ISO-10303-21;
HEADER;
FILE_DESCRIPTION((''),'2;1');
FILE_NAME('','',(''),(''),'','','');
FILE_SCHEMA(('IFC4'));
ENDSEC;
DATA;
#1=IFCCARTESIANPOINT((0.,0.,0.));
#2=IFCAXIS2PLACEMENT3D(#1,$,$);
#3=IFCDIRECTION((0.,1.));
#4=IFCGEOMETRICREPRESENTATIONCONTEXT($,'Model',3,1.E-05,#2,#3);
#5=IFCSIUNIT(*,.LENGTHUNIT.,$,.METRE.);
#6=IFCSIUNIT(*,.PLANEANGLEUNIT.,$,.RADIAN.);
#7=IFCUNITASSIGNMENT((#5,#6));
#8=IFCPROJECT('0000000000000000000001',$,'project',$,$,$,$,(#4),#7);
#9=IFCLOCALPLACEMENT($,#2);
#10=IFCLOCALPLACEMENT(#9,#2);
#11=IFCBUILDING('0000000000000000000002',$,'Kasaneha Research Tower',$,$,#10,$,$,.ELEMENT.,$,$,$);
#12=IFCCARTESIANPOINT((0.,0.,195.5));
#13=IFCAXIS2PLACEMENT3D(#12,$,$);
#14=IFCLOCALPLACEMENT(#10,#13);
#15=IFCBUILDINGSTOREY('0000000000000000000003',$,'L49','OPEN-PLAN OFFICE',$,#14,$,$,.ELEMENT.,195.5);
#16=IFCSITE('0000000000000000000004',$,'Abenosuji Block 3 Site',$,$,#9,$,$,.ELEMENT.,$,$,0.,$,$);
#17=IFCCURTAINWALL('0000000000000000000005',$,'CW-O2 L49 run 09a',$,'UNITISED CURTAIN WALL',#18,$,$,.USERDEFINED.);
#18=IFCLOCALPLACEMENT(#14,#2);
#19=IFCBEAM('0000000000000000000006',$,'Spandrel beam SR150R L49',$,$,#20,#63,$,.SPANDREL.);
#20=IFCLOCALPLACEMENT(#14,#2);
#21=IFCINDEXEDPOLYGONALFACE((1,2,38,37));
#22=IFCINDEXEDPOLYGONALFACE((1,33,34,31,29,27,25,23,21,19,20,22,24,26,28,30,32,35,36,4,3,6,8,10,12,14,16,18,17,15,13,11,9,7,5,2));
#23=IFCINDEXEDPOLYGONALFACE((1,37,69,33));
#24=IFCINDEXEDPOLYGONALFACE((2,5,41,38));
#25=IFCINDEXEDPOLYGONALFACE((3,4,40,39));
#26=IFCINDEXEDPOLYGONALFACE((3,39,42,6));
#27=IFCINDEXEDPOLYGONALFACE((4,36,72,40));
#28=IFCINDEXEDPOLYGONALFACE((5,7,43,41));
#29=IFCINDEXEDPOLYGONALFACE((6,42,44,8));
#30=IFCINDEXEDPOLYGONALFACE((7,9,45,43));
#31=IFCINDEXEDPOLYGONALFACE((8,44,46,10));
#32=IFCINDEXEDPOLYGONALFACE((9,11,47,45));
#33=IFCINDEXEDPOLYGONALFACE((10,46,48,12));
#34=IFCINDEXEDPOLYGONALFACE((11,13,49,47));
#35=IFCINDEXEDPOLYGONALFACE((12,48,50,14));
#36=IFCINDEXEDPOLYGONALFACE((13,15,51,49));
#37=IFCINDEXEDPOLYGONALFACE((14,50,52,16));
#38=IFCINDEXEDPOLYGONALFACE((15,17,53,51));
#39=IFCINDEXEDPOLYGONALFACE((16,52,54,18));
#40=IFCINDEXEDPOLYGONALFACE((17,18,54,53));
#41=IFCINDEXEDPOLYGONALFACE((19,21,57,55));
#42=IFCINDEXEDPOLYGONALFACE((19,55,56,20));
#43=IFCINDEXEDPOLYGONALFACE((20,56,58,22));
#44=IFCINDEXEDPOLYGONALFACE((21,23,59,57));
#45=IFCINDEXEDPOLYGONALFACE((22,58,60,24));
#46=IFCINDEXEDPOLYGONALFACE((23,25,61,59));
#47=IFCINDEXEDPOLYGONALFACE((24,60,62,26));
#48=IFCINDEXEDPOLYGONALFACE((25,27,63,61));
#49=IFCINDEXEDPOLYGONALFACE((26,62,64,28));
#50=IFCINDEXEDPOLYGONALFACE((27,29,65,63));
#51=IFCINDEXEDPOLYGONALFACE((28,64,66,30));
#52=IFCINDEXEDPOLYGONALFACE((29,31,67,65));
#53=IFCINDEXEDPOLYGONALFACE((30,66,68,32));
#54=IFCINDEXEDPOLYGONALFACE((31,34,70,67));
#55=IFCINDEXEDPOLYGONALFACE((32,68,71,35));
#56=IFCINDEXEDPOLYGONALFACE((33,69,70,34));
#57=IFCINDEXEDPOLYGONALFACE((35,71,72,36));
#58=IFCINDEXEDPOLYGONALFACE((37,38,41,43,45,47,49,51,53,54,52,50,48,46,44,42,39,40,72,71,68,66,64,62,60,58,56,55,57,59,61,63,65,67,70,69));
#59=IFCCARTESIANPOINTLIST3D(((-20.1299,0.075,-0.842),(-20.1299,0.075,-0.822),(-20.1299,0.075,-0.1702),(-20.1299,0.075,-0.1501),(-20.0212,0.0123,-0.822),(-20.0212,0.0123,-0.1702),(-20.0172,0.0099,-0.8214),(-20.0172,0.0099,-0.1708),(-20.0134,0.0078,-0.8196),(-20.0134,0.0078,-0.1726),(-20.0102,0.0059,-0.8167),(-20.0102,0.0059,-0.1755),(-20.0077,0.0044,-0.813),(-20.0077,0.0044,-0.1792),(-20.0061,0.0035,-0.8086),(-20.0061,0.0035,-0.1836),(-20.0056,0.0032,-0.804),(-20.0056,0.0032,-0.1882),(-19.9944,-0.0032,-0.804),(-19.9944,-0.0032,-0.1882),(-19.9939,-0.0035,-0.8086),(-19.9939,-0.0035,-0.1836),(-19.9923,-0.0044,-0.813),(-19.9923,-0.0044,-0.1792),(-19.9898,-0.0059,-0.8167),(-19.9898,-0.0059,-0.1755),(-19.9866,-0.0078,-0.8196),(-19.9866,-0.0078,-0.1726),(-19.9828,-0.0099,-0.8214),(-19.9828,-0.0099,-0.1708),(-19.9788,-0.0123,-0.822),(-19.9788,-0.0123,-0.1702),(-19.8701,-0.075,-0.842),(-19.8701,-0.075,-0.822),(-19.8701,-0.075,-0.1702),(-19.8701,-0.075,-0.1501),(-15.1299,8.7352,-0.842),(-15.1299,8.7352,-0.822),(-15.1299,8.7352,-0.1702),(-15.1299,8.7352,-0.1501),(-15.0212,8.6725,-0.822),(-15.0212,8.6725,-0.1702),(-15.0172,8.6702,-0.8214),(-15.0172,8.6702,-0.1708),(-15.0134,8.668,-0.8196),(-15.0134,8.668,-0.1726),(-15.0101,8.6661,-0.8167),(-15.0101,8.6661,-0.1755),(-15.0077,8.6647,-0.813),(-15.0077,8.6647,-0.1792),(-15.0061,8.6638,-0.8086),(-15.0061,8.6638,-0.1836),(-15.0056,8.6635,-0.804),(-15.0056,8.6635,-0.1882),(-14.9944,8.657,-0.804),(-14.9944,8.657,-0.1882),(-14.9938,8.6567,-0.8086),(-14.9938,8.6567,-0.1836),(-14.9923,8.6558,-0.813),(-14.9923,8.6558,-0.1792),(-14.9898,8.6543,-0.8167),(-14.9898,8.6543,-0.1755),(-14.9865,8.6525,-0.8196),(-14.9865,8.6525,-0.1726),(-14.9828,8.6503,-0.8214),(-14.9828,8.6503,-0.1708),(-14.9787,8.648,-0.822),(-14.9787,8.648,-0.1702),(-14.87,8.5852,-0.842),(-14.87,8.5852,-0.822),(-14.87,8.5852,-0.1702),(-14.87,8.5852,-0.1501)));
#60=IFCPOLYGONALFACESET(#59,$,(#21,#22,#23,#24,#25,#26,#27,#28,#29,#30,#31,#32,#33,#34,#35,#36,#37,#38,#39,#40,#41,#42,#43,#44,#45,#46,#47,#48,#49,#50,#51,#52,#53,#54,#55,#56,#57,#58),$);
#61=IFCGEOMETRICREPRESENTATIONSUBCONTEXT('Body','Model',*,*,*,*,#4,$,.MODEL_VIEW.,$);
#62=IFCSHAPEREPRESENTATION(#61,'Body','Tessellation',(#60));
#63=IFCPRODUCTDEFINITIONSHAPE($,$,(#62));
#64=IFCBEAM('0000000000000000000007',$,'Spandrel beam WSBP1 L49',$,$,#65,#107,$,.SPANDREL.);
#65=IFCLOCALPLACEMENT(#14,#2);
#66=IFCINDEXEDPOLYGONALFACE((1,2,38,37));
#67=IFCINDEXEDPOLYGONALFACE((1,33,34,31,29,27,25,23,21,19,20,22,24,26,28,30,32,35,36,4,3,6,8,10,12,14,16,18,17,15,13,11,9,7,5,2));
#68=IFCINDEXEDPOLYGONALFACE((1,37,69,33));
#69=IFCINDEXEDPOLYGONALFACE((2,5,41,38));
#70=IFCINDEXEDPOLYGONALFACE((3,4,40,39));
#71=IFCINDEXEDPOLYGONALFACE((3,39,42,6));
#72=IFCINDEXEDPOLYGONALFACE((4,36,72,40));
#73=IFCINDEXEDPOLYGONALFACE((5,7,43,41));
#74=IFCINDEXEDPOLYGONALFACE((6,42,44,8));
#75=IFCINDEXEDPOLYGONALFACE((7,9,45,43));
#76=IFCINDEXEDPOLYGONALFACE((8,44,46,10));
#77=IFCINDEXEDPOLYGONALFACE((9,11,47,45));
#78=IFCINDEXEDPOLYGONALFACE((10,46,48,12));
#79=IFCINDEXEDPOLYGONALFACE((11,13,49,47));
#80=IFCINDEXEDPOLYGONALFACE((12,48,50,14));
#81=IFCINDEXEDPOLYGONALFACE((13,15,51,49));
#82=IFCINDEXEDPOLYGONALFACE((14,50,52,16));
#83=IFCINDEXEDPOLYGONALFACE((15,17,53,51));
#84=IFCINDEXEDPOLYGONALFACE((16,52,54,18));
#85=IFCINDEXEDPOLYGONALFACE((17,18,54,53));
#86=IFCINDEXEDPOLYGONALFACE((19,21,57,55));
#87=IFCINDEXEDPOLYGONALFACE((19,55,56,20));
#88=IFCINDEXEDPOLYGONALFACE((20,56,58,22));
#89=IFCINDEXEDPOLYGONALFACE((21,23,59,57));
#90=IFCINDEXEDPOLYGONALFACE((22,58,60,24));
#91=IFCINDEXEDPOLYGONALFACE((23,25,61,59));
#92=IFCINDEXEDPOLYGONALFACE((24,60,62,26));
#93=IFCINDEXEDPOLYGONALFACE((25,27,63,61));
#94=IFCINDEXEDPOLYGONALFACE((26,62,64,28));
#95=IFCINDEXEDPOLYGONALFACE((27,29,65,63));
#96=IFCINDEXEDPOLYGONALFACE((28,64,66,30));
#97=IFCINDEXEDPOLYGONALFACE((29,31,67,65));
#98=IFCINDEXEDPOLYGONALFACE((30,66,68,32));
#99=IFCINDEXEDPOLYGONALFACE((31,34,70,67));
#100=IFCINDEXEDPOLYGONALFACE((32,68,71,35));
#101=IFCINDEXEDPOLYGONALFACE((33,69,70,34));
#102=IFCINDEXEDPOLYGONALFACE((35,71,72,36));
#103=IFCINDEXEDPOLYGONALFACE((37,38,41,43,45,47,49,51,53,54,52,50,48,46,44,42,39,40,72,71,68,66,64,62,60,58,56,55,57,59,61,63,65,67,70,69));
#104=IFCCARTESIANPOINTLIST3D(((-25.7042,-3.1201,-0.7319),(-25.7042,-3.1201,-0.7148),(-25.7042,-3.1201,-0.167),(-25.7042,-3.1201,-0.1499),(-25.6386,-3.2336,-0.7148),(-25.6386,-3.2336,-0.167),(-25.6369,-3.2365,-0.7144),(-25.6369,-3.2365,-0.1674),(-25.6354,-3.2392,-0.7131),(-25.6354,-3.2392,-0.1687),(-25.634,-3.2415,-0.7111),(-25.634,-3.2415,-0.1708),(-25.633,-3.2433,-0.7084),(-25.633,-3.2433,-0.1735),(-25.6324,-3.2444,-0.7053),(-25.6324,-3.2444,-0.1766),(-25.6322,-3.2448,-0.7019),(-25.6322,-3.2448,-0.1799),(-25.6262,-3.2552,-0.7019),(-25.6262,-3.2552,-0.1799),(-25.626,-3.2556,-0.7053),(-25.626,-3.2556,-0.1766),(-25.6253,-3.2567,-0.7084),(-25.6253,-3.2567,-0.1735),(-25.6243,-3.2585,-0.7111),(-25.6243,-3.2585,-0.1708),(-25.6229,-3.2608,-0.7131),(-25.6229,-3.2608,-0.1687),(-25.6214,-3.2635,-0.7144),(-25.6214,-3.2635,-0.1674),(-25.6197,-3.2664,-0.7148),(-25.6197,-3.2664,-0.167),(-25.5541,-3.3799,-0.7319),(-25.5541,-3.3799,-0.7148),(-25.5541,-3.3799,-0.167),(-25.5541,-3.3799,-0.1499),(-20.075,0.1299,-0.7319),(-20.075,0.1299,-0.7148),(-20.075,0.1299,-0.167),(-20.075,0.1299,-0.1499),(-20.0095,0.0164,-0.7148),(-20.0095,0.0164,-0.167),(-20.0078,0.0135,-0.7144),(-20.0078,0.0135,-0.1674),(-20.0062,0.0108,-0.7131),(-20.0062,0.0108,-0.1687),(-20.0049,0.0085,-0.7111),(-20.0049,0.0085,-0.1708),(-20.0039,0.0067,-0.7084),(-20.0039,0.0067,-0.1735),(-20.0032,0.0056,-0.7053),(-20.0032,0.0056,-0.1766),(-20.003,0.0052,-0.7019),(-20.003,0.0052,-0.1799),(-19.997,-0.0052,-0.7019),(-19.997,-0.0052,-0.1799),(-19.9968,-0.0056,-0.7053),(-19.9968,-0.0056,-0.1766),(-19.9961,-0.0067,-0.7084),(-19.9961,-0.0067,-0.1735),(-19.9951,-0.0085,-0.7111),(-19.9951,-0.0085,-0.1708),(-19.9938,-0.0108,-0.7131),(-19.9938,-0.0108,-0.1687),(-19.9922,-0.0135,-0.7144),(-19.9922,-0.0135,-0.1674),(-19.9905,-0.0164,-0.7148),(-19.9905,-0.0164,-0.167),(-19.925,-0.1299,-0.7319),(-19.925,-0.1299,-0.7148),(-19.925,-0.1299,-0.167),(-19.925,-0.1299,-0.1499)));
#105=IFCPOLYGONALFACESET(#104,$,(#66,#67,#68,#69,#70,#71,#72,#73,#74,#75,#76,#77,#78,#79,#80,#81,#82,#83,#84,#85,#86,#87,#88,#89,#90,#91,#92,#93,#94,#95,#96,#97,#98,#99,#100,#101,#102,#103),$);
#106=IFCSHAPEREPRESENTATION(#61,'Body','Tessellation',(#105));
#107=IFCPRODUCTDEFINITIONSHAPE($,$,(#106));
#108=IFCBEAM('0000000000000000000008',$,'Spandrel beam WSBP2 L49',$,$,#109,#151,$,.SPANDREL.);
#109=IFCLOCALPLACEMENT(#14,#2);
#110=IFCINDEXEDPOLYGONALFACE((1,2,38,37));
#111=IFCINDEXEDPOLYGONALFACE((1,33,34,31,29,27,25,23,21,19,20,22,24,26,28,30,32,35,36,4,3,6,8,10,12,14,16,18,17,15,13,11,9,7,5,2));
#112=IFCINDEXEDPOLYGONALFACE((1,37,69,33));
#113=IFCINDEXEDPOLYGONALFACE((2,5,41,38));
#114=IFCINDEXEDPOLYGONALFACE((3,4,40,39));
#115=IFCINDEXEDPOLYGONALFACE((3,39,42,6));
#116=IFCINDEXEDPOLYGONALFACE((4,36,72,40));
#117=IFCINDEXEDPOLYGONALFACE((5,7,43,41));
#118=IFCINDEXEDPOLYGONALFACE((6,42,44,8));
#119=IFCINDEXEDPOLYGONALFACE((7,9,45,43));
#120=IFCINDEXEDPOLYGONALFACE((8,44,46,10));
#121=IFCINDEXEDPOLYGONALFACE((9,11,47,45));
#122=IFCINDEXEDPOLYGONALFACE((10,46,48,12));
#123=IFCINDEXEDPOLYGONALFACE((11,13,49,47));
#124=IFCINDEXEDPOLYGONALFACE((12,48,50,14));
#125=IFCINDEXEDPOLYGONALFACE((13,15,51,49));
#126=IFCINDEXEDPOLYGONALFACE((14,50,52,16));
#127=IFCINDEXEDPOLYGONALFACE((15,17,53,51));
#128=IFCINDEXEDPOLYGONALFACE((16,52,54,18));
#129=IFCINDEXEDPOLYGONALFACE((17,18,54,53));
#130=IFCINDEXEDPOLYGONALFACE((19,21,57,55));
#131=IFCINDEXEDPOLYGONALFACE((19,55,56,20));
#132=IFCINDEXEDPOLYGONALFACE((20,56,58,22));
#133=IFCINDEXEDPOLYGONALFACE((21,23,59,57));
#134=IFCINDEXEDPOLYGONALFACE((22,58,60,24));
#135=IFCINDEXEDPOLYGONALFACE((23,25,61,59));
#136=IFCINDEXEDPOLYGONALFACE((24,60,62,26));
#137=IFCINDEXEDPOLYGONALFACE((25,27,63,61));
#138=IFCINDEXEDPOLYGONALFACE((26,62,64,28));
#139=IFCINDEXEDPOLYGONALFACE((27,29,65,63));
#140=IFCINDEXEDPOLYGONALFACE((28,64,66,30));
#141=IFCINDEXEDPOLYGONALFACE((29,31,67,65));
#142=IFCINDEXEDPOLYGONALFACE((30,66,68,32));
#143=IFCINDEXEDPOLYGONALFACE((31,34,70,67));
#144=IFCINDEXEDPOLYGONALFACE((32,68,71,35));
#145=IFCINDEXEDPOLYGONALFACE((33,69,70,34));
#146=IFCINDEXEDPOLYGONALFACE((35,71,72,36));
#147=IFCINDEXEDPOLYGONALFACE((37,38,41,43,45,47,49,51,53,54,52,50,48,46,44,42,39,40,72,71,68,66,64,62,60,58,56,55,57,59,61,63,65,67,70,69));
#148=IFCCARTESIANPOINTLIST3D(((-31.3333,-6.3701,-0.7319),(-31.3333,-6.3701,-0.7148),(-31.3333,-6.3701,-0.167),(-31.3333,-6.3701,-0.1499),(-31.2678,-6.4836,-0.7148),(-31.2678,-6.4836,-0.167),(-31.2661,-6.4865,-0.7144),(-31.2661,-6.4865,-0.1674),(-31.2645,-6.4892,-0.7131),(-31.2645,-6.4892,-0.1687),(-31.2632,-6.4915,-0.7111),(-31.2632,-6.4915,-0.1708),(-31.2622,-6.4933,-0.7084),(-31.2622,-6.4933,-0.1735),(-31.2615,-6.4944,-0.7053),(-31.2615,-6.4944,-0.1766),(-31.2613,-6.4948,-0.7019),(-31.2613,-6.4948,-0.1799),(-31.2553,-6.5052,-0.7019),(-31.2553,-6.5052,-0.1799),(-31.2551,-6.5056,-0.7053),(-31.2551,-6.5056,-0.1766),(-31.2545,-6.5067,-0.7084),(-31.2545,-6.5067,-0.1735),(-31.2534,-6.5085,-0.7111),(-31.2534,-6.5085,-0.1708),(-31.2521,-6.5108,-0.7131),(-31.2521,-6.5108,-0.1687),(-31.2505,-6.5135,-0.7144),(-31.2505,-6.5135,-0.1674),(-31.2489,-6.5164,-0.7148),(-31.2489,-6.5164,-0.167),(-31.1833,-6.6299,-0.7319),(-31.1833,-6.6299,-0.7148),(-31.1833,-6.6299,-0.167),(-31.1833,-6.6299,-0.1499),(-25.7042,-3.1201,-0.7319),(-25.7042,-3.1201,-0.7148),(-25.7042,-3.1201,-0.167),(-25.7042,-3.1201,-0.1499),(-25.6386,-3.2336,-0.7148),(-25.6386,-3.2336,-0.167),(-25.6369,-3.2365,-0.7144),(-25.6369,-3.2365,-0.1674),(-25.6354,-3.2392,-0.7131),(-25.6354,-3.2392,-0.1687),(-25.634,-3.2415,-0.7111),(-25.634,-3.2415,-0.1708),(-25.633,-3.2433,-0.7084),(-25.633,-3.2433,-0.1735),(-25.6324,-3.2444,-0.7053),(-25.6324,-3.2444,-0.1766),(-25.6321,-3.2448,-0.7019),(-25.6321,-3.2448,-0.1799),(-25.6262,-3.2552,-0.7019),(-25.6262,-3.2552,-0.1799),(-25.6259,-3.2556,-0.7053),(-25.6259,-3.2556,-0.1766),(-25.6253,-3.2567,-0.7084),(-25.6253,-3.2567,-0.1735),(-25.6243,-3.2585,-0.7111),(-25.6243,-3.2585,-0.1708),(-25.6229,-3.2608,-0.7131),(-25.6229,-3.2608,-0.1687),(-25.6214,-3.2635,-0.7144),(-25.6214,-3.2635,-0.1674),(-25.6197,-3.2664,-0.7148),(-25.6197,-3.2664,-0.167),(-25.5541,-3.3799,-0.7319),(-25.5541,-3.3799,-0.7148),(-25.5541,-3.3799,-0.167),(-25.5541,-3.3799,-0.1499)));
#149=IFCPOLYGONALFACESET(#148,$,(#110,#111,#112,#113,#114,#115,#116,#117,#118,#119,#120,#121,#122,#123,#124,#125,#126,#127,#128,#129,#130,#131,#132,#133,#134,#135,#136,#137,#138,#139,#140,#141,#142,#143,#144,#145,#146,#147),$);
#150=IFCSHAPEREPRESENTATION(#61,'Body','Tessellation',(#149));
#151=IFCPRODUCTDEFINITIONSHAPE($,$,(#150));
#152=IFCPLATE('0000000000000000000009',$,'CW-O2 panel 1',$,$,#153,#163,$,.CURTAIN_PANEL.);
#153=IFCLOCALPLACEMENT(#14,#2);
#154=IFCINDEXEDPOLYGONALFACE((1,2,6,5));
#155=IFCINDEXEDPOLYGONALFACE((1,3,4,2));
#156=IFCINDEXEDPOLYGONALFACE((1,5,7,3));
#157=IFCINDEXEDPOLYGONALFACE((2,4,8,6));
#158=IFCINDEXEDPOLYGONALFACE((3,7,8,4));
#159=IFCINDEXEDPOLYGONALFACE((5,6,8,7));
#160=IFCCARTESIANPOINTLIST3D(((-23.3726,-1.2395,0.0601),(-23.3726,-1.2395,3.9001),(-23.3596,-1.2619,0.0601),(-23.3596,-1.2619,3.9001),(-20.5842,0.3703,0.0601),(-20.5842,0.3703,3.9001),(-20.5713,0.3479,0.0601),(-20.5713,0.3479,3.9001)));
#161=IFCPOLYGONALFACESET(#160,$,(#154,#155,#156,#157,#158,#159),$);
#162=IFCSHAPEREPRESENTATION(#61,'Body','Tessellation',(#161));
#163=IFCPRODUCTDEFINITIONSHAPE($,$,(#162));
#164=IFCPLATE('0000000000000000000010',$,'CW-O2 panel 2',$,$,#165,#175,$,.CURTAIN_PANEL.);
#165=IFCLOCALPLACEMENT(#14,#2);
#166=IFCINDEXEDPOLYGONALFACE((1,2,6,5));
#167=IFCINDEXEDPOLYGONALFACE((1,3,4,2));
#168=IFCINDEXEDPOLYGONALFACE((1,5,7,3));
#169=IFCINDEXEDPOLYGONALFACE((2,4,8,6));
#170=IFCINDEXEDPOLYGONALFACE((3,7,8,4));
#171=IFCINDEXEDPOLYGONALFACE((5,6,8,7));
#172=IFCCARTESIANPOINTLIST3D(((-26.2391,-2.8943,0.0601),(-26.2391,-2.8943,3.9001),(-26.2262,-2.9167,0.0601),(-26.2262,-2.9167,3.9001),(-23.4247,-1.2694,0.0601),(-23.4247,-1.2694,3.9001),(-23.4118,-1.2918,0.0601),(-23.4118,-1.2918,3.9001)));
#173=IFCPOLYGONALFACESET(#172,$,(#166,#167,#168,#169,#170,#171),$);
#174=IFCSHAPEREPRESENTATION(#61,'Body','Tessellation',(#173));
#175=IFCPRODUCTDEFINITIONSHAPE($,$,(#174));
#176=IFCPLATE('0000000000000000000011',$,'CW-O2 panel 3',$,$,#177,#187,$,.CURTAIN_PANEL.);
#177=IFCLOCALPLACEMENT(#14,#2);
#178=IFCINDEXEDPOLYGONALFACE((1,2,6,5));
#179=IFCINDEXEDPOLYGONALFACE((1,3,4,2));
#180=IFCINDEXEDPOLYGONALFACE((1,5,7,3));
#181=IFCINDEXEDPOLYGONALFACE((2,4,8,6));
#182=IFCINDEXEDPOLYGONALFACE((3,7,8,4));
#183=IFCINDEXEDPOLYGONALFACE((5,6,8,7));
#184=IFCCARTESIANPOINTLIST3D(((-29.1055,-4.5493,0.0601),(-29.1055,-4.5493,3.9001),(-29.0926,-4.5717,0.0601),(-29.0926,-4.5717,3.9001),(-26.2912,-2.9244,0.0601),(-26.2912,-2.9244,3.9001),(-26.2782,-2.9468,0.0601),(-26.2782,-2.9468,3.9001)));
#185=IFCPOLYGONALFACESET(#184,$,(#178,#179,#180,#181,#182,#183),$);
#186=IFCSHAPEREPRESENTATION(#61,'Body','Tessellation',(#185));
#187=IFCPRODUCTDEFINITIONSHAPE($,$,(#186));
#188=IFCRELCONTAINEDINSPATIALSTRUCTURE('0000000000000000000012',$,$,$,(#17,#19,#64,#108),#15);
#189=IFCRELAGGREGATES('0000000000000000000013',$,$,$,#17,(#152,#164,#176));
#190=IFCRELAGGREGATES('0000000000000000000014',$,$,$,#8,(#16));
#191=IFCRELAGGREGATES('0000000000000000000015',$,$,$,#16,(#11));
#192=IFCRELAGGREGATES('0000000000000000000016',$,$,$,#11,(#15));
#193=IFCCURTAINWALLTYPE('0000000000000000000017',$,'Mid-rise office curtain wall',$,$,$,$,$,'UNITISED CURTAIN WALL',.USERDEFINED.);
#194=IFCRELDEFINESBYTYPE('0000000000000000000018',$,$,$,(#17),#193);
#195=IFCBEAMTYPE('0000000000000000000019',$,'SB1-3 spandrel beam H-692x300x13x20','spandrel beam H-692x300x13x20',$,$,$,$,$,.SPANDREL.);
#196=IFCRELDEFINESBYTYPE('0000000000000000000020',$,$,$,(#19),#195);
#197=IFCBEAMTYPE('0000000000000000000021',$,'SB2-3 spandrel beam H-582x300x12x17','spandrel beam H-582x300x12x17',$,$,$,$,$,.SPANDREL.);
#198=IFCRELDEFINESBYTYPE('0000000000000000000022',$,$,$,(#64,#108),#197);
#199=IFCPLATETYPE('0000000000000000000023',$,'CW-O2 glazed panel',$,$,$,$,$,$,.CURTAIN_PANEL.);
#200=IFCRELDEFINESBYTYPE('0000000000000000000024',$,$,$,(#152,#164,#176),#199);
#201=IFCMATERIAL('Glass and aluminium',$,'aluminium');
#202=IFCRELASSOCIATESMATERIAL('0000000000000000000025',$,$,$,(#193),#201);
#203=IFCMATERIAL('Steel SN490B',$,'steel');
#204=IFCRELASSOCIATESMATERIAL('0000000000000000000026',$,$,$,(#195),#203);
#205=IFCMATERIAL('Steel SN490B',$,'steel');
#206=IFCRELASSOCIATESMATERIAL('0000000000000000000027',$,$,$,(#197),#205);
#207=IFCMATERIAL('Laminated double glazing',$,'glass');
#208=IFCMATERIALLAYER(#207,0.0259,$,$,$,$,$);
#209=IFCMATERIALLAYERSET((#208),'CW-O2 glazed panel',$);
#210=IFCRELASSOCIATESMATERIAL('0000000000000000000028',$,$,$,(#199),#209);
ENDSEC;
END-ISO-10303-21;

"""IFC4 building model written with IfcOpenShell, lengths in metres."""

from ifc_helpers import new_model, si_unit, direction, frame, origin, origin_2d, place, context, subcontext, project, spatial, rectangle, i_section, extrude, material, layer, layer_set, material_profile, profile_set, type_object, element, aggregate, save


model = new_model("IFC4")

# Units and contexts
model_context = context("Model", 3, precision=1e-05, world=origin(), true_north=direction((0.0, 1.0)))
body_context = subcontext(model_context, "Body", "Model", "MODEL_VIEW")
ifc_project = project(units=[si_unit("LENGTHUNIT", "METRE"), si_unit("PLANEANGLEUNIT", "RADIAN")], contexts=[model_context])

# Site, building, storey
site_placement = place(None, origin())
site = spatial("IfcSite", under=ifc_project, at=site_placement, Name="Abenosuji Block 3 Site", CompositionType="ELEMENT", RefElevation=0.0)
building_placement = place(site_placement, origin())
building = spatial("IfcBuilding", under=site, at=building_placement, Name="Kasaneha Research Tower", CompositionType="ELEMENT")
storey_placement = place(building_placement, frame((0.0, 0.0, 195.5)))
storey = spatial("IfcBuildingStorey", under=building, at=storey_placement, Name="L49", Description="OPEN-PLAN OFFICE", CompositionType="ELEMENT", Elevation=195.5)

# Shared definitions
ifc_material_1 = material(Name="Glass and aluminium", Category="aluminium")
curtain_wall_type = type_object("IfcCurtainWallType", Name="Mid-rise office curtain wall", ElementType="UNITISED CURTAIN WALL", PredefinedType="USERDEFINED", material=ifc_material_1)

# Curtain wall
curtain_wall_1_placement = place(storey_placement, origin())
curtain_wall_1 = element("IfcCurtainWall", 1, at=curtain_wall_1_placement, inside=storey, type_object=curtain_wall_type, Name="CW-O2 L49 run 09a", ObjectType="UNITISED CURTAIN WALL", PredefinedType="USERDEFINED")

# Beams
ifc_material_2 = material(Name="Steel SN490B", Category="steel")
ifc_material_profile_1 = material_profile(ifc_material_2, i_section(OverallWidth=0.3, OverallDepth=0.6919, WebThickness=0.0129, FlangeThickness=0.02, FilletRadius=0.0181, at=origin_2d()), Name="H-692x300x13x20")
ifc_profile_set_1 = profile_set([ifc_material_profile_1], Name="Steel SN490B")
beam_type_1 = type_object("IfcBeamType", Name="SB1-3 spandrel beam H-692x300x13x20", Description="spandrel beam H-692x300x13x20", PredefinedType="SPANDREL", material=ifc_profile_set_1)
beam_1_placement = place(storey_placement, frame((-20.0, 0.0, -0.4961), z_axis=(0.500004, 0.866023, 0.0), x_axis=(-0.866023, 0.500004, 0.0)))
element("IfcBeam", 2, at=beam_1_placement, inside=storey, type_object=beam_type_1, Name="Spandrel beam SR150R L49", PredefinedType="SPANDREL", context=body_context, shape_type="SweptSolid", body=[
    extrude(i_section(OverallWidth=0.3, OverallDepth=0.6919, WebThickness=0.0129, FlangeThickness=0.02, FilletRadius=0.0181, at=origin_2d()), origin(), (0.0, 0.0, 1.0), 10.0),
])
ifc_material_3 = material(Name="Steel SN490B", Category="steel")
ifc_material_profile_2 = material_profile(ifc_material_3, i_section(OverallWidth=0.3, OverallDepth=0.582, WebThickness=0.012, FlangeThickness=0.0171, FilletRadius=0.0129, at=origin_2d()), Name="H-582x300x12x17")
ifc_profile_set_2 = profile_set([ifc_material_profile_2], Name="Steel SN490B")
beam_type_2 = type_object("IfcBeamType", Name="SB2-3 spandrel beam H-582x300x12x17", Description="spandrel beam H-582x300x12x17", PredefinedType="SPANDREL", material=ifc_profile_set_2)
for number, where, z_axis, x_axis, name in (
    (3, (-20.0, 0.0, -0.4409), (-0.866025, -0.500001, 0.0), (0.500001, -0.866025, 0.0), "Spandrel beam WSBP1 L49"),
    (4, (-25.6292, -3.25, -0.4409), (-0.866025, -0.500001, 0.0), (0.500001, -0.866025, 0.0), "Spandrel beam WSBP2 L49"),
):
    element("IfcBeam", number, at=place(storey_placement, frame(where, z_axis=z_axis, x_axis=x_axis)), inside=storey, type_object=beam_type_2, Name=name, PredefinedType="SPANDREL", context=body_context, shape_type="SweptSolid", body=[
        extrude(i_section(OverallWidth=0.3, OverallDepth=0.582, WebThickness=0.012, FlangeThickness=0.0171, FilletRadius=0.0129, at=origin_2d()), origin(), (0.0, 0.0, 1.0), 6.5),
    ])

# Plates
ifc_material_4 = material(Name="Laminated double glazing", Category="glass")
ifc_layer_1 = layer(ifc_material_4, 0.0259)
ifc_layer_set_1 = layer_set([ifc_layer_1], Name="CW-O2 glazed panel")
plate_type = type_object("IfcPlateType", Name="CW-O2 glazed panel", PredefinedType="CURTAIN_PANEL", material=ifc_layer_set_1)
plate_1_placement = place(storey_placement, frame((-21.9719, -0.4458, 0.0601), z_axis=(0.0, 0.0, 1.0), x_axis=(-0.866025, -0.5, 0.0)))
plate_1 = element("IfcPlate", 5, at=plate_1_placement, type_object=plate_type, Name="CW-O2 panel 1", PredefinedType="CURTAIN_PANEL", context=body_context, shape_type="SweptSolid", body=[
    extrude(rectangle(XDim=3.2197, YDim=0.0259, at=origin_2d()), origin(), (0.0, 0.0, 1.0), 3.8401),
])
plate_2_placement = place(storey_placement, frame((-24.8254, -2.093, 0.0601), z_axis=(0.0, 0.0, 1.0), x_axis=(-0.866025, -0.5, 0.0)))
plate_2 = element("IfcPlate", 6, at=plate_2_placement, type_object=plate_type, Name="CW-O2 panel 2", PredefinedType="CURTAIN_PANEL", context=body_context, shape_type="SweptSolid", body=[
    extrude(rectangle(XDim=3.2498, YDim=0.0259, at=origin_2d()), origin(), (0.0, 0.0, 1.0), 3.8401),
])
plate_3_placement = place(storey_placement, frame((-27.6919, -3.748, 0.0601), z_axis=(0.0, 0.0, 1.0), x_axis=(-0.866025, -0.5, 0.0)))
plate_3 = element("IfcPlate", 7, at=plate_3_placement, type_object=plate_type, Name="CW-O2 panel 3", PredefinedType="CURTAIN_PANEL", context=body_context, shape_type="SweptSolid", body=[
    extrude(rectangle(XDim=3.2498, YDim=0.0259, at=origin_2d()), origin(), (0.0, 0.0, 1.0), 3.8401),
])
aggregate(curtain_wall_1, [plate_1, plate_2, plate_3])

save(model, "model.ifc")
